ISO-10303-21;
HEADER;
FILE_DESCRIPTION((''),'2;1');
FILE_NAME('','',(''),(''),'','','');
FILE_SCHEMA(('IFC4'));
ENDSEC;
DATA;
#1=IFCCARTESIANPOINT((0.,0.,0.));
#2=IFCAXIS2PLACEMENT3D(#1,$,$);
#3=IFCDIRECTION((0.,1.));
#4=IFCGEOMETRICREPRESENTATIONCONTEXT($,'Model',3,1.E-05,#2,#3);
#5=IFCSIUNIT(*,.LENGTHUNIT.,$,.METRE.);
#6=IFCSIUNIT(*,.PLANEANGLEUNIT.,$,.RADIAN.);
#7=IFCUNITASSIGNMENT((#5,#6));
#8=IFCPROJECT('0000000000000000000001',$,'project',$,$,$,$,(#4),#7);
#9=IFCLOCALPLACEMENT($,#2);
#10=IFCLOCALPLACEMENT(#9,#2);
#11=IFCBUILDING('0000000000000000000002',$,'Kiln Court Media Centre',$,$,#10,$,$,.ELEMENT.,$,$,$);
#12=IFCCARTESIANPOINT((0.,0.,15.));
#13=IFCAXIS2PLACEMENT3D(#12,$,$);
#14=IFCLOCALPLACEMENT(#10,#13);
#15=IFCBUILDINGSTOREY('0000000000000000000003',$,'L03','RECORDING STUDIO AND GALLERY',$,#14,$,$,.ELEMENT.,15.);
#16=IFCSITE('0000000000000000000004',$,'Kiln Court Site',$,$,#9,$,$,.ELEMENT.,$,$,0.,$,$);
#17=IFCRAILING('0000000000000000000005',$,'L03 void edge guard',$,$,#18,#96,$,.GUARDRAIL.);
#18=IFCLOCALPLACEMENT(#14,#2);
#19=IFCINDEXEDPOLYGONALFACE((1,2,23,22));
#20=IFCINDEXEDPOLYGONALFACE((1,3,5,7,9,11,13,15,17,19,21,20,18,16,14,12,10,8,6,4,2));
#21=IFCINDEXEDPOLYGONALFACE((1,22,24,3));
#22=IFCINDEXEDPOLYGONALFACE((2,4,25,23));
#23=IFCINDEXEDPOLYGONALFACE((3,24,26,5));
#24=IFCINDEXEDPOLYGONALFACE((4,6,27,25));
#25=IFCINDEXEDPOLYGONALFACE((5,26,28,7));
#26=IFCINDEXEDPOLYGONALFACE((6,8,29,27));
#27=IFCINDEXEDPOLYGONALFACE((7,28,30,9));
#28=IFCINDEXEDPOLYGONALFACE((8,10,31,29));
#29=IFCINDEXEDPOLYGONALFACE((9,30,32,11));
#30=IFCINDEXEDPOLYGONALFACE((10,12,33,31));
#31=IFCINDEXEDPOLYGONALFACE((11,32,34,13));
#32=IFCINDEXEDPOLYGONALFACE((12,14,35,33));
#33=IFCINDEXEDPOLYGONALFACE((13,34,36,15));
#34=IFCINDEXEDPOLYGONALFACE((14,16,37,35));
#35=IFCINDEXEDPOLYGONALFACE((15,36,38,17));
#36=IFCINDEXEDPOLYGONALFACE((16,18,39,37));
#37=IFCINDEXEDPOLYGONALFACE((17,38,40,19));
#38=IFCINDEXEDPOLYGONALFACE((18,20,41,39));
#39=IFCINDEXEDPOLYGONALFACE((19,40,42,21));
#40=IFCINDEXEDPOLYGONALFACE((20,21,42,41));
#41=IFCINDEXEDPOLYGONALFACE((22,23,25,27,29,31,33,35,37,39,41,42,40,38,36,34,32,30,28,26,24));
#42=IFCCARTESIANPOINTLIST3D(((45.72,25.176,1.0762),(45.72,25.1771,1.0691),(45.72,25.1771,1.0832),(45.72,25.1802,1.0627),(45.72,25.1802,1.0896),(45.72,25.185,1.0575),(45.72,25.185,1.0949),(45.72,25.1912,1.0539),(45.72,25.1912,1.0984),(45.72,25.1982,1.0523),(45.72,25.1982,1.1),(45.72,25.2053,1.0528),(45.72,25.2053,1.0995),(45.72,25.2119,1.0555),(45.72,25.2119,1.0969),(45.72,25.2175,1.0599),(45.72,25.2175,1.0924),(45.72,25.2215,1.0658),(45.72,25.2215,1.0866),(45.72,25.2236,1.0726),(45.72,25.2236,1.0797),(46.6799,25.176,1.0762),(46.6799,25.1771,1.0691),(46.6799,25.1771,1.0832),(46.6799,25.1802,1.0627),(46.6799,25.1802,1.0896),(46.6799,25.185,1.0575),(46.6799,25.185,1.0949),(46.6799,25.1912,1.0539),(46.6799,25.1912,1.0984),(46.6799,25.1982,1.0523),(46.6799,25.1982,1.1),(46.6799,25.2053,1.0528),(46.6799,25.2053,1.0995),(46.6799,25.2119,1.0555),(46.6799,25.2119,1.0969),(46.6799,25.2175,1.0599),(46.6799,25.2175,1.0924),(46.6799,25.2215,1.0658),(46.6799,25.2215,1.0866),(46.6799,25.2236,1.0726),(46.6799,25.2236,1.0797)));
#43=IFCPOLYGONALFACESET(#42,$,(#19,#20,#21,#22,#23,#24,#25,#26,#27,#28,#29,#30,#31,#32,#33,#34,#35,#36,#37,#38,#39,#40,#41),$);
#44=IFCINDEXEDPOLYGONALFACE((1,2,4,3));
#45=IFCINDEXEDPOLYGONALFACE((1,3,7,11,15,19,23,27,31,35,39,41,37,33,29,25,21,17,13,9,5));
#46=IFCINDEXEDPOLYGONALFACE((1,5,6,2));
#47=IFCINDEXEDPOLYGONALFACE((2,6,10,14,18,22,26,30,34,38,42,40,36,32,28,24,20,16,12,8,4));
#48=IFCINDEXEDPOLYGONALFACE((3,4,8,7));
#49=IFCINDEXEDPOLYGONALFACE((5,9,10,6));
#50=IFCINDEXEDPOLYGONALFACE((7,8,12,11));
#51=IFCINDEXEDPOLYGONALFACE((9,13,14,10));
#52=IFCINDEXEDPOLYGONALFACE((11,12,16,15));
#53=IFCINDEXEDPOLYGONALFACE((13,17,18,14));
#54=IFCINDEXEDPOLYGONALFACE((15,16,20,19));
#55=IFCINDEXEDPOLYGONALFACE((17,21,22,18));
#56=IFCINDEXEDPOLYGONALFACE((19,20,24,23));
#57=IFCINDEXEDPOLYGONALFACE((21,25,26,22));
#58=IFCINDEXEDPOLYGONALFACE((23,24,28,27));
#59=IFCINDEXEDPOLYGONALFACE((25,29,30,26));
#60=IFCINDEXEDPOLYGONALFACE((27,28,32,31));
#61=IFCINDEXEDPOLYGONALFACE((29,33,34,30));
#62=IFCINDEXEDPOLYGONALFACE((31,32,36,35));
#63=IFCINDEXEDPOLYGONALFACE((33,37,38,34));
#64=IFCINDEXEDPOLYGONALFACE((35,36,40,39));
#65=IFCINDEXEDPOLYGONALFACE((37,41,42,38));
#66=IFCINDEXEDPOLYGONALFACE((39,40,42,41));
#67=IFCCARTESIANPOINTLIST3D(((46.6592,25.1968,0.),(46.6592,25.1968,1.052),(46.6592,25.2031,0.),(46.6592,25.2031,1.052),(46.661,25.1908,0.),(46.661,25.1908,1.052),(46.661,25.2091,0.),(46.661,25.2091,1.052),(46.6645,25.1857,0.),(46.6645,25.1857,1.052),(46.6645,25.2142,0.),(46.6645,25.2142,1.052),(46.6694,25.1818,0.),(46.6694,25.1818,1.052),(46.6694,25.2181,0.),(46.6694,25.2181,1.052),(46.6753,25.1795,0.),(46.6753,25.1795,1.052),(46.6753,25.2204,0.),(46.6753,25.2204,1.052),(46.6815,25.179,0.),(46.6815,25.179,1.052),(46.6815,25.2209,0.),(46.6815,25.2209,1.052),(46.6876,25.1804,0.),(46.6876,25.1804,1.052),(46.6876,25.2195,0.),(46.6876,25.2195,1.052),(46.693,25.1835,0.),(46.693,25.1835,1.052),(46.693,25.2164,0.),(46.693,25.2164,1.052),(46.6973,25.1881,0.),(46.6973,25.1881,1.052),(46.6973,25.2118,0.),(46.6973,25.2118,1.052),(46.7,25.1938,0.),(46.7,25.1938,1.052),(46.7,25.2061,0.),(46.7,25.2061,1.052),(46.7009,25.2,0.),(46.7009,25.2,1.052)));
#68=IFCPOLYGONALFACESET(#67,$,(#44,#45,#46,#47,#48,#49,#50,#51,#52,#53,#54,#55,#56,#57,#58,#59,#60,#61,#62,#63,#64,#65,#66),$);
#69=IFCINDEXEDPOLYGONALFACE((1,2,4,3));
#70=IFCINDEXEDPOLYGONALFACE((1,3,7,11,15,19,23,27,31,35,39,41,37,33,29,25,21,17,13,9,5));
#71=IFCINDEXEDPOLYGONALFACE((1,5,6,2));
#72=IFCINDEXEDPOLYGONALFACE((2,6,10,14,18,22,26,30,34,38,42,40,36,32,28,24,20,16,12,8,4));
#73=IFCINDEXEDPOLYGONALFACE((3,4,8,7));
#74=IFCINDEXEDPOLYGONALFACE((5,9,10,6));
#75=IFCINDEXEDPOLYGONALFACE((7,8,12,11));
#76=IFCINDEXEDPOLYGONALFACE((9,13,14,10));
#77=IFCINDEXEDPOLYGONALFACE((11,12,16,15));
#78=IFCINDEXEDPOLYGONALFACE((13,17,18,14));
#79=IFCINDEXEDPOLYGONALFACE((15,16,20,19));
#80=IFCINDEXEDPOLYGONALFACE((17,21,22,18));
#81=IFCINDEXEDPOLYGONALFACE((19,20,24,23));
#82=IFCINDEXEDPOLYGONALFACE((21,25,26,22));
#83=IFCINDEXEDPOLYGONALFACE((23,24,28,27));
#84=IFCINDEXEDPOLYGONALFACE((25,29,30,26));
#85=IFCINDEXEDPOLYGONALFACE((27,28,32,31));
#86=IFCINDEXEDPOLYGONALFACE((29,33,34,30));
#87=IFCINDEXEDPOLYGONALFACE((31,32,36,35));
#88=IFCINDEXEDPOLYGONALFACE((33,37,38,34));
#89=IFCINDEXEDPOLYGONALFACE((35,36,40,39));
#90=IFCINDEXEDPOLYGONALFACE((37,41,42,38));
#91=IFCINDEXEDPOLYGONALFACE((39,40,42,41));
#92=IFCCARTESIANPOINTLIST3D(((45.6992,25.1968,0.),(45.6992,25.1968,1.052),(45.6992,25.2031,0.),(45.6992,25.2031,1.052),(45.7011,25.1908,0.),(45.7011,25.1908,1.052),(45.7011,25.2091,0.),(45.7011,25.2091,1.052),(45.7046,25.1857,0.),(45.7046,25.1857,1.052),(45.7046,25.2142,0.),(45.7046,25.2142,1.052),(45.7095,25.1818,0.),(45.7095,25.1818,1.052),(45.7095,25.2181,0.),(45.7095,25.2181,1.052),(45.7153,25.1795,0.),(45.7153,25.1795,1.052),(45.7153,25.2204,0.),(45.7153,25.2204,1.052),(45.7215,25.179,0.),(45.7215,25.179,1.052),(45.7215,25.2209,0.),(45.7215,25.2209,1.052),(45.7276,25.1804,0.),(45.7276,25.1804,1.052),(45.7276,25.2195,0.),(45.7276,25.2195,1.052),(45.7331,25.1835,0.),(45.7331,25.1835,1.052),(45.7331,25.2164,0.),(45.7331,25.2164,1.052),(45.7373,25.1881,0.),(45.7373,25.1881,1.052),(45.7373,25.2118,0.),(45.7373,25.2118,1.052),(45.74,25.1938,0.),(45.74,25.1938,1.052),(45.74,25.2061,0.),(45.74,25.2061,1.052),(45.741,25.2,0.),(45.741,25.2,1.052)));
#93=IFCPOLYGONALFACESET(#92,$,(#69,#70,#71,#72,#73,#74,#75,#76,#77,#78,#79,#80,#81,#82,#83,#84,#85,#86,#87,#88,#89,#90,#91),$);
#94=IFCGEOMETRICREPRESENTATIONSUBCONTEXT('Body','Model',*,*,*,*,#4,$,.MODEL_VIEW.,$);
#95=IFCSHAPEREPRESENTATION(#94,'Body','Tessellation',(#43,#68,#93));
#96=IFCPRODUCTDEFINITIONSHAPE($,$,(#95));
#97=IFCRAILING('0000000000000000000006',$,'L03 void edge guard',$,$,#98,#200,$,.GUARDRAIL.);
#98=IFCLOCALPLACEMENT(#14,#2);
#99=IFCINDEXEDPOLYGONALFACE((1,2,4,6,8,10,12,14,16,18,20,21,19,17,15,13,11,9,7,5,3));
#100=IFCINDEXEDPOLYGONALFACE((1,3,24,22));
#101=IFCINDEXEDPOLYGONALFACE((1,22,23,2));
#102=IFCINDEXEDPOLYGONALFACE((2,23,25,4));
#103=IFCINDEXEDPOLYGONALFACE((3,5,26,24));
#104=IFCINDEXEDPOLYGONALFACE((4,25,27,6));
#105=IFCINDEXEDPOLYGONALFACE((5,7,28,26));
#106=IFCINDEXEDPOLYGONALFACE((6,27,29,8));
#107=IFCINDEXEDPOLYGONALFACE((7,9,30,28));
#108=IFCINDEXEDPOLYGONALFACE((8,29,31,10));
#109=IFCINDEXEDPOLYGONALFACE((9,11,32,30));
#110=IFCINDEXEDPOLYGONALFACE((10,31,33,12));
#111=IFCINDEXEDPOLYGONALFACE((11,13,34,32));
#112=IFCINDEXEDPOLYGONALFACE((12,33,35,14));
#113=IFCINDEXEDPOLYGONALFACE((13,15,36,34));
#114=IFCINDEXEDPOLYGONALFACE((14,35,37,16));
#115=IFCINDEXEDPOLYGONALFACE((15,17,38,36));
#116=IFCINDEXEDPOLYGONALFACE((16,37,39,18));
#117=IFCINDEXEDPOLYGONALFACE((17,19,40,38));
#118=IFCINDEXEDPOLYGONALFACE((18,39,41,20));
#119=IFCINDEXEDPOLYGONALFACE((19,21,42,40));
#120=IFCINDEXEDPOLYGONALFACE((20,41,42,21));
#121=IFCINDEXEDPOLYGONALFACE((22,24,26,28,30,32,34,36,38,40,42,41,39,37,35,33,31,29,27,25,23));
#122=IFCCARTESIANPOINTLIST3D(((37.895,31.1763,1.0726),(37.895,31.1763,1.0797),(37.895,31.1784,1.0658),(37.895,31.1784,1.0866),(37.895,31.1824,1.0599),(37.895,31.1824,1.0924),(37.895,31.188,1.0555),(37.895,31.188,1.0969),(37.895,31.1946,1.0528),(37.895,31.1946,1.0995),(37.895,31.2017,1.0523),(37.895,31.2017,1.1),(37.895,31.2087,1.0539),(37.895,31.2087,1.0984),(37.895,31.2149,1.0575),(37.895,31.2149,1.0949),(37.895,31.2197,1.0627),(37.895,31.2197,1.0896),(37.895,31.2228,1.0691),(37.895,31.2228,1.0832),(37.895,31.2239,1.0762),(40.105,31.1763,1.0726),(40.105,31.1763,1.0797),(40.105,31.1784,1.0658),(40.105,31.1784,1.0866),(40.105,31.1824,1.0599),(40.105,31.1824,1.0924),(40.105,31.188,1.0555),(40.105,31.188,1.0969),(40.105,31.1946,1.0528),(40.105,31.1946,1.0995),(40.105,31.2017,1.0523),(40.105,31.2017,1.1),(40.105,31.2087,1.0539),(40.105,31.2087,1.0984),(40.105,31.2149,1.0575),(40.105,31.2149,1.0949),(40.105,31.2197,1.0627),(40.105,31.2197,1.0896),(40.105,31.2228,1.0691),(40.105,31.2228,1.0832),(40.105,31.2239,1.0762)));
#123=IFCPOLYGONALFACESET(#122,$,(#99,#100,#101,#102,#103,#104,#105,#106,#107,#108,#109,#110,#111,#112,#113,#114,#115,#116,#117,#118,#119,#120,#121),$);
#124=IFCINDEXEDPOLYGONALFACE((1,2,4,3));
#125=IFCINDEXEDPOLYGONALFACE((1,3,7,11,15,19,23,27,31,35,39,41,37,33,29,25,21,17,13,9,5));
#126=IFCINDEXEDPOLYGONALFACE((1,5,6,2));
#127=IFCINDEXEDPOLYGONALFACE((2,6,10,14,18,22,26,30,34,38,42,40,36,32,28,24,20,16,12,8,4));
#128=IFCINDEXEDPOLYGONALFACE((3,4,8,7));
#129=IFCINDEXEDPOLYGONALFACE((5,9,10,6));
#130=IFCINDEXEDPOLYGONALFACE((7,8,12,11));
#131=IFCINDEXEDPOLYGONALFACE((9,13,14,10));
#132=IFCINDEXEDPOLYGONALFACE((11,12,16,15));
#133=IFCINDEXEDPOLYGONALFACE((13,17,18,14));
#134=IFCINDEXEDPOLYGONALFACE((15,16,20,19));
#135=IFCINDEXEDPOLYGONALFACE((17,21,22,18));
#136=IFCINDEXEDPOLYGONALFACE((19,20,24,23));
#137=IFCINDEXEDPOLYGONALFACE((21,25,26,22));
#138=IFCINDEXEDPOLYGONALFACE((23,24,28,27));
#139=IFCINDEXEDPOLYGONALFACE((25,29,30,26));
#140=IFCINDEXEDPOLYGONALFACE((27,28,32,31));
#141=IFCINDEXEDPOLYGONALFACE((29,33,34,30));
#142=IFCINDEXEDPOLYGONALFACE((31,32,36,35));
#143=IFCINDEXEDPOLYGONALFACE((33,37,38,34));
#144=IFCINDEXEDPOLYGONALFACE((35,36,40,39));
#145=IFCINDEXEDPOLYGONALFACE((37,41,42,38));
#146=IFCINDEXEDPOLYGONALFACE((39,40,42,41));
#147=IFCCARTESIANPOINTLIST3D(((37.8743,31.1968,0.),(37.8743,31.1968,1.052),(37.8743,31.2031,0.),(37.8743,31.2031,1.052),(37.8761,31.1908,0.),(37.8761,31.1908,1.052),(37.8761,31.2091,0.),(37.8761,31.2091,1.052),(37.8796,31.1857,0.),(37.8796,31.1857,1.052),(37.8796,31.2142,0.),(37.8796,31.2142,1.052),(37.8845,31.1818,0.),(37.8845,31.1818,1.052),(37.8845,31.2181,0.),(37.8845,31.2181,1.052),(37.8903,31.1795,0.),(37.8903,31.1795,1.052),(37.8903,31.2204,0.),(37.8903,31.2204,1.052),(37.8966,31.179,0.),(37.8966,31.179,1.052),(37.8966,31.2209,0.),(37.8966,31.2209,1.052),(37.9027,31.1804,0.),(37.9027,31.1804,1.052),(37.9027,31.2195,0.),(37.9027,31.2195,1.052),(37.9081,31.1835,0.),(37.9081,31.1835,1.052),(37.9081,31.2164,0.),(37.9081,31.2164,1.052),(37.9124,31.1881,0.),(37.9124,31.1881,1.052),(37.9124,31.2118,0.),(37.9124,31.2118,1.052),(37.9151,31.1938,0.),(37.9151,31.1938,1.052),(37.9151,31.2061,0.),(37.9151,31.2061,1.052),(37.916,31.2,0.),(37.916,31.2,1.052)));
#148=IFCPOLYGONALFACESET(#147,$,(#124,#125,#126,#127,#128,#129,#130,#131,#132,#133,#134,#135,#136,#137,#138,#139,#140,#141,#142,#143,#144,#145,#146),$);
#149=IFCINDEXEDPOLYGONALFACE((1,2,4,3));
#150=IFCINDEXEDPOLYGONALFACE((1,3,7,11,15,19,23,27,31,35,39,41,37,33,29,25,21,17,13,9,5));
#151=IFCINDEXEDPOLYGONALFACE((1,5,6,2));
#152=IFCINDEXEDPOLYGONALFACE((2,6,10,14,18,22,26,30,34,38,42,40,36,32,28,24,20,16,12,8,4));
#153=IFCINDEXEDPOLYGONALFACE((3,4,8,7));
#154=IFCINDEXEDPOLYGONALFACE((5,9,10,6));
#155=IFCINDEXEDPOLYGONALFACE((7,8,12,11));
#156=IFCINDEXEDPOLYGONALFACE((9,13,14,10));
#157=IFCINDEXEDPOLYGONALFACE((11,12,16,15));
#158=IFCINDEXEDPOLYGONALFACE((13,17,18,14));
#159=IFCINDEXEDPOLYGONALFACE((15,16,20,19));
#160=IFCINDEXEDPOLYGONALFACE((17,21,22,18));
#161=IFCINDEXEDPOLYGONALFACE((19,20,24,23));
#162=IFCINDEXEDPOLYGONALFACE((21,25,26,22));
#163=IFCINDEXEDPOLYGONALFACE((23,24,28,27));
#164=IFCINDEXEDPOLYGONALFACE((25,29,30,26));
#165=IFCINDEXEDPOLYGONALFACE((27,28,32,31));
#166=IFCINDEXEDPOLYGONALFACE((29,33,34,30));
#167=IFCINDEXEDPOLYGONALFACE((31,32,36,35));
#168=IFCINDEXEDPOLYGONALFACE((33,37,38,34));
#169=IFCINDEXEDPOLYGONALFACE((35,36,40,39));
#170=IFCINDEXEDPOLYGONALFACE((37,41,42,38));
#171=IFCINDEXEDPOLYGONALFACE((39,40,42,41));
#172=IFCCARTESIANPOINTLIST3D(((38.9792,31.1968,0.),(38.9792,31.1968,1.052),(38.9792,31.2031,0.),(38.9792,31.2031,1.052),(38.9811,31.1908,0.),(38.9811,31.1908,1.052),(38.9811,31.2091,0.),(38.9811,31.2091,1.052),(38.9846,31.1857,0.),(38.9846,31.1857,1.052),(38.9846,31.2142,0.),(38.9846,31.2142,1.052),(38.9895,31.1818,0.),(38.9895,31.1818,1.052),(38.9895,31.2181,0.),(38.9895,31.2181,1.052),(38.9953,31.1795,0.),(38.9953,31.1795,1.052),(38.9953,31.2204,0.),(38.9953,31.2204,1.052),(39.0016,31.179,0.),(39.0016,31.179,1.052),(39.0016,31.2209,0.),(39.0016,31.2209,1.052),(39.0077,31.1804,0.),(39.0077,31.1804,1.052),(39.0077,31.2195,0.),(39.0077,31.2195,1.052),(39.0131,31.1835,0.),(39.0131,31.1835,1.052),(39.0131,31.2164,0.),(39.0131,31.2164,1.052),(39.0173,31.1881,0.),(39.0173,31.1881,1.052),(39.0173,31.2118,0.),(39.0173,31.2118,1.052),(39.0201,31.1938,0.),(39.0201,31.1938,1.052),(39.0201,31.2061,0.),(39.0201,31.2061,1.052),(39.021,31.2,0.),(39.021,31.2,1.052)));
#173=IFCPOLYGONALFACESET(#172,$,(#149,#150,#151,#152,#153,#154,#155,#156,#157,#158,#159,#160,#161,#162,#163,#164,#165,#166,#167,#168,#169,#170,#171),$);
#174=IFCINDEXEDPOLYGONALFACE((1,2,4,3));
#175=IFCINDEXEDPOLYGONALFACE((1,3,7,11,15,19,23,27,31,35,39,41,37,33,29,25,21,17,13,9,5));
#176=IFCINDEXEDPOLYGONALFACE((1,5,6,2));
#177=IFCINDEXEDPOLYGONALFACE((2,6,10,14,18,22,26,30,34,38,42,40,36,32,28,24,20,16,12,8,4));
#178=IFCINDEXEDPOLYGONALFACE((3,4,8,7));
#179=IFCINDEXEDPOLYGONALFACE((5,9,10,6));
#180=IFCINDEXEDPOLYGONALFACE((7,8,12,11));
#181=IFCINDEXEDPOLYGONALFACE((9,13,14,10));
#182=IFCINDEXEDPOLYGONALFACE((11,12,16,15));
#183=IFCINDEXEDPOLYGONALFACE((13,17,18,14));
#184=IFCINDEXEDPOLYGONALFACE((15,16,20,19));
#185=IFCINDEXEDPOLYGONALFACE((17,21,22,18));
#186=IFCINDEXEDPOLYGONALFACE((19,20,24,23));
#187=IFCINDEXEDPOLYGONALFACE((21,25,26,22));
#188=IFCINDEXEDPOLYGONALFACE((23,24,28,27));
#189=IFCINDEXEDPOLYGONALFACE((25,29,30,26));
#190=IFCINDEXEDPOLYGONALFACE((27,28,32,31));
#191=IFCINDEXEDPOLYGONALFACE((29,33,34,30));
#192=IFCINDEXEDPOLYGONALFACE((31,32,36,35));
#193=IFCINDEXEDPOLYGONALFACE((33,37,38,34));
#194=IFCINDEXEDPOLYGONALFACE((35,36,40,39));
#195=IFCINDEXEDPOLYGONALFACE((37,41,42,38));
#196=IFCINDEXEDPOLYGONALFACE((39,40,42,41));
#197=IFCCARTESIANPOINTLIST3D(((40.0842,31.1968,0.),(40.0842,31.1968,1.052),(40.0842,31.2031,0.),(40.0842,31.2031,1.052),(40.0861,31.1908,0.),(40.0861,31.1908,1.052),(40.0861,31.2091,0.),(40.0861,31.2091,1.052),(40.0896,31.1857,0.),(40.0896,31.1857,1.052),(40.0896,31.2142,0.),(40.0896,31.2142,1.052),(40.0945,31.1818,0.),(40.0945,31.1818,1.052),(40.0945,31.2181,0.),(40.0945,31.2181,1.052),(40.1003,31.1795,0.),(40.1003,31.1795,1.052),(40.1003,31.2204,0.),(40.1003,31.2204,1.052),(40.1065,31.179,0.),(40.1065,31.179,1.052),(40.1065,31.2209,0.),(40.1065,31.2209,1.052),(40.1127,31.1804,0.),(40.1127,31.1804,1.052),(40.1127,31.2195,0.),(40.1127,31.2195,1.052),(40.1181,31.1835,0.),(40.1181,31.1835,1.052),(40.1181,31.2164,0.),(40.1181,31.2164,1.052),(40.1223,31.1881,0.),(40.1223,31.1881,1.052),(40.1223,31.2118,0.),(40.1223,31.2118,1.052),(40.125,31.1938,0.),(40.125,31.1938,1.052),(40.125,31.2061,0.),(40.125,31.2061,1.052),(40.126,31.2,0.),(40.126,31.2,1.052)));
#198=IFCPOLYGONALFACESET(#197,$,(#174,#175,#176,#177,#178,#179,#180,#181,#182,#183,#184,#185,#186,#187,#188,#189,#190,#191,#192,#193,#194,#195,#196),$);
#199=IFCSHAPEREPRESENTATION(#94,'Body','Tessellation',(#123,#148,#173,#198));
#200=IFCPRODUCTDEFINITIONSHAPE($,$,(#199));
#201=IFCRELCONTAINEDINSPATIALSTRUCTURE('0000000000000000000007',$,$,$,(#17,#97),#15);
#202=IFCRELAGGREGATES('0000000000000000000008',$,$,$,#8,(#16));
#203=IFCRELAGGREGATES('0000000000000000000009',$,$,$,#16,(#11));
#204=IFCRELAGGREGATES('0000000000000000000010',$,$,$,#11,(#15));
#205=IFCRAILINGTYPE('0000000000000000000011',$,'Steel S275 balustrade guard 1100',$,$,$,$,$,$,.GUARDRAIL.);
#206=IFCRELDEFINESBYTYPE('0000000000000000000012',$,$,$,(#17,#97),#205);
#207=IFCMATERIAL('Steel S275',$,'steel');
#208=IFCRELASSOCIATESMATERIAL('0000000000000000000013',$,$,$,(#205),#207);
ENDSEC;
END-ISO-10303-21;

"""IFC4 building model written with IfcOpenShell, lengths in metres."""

from ifc_helpers import new_model, si_unit, direction, frame, origin, origin_2d, place, context, subcontext, project, spatial, circle, extrude, material, type_object, element, save


model = new_model("IFC4")

# Units and contexts
model_context = context("Model", 3, precision=1e-05, world=origin(), true_north=direction((0.0, 1.0)))
body_context = subcontext(model_context, "Body", "Model", "MODEL_VIEW")
ifc_project = project(units=[si_unit("LENGTHUNIT", "METRE"), si_unit("PLANEANGLEUNIT", "RADIAN")], contexts=[model_context])

# Site, building, storey
site_placement = place(None, origin())
site = spatial("IfcSite", under=ifc_project, at=site_placement, Name="Kiln Court Site", CompositionType="ELEMENT", RefElevation=0.0)
building_placement = place(site_placement, origin())
building = spatial("IfcBuilding", under=site, at=building_placement, Name="Kiln Court Media Centre", CompositionType="ELEMENT")
storey_placement = place(building_placement, frame((0.0, 0.0, 15.0)))
storey = spatial("IfcBuildingStorey", under=building, at=storey_placement, Name="L03", Description="RECORDING STUDIO AND GALLERY", CompositionType="ELEMENT", Elevation=15.0)

# Railings
ifc_material_1 = material(Name="Steel S275", Category="steel")
railing_type = type_object("IfcRailingType", Name="Steel S275 balustrade guard 1100", PredefinedType="GUARDRAIL", material=ifc_material_1)
railing_1_placement = place(storey_placement, frame((46.6799, 25.2, 0.0)))
element("IfcRailing", 1, at=railing_1_placement, inside=storey, type_object=railing_type, Name="L03 void edge guard", PredefinedType="GUARDRAIL", context=body_context, shape_type="SweptSolid", body=[
    extrude(circle(Radius=0.0239, at=origin_2d()), frame((0.0, 0.0, 1.0762), z_axis=(-1.0, 0.0, 0.0), x_axis=(0.0, -1.0, 0.0)), (0.0, 0.0, 1.0), 0.96),
    extrude(circle(Radius=0.021, at=origin_2d()), origin(), (0.0, 0.0, 1.0), 1.052),
    extrude(circle(Radius=0.021, at=origin_2d()), frame((-0.96, 0.0, 0.0)), (0.0, 0.0, 1.0), 1.052),
])
railing_2_placement = place(storey_placement, frame((37.895, 31.2, 0.0)))
element("IfcRailing", 2, at=railing_2_placement, inside=storey, type_object=railing_type, Name="L03 void edge guard", PredefinedType="GUARDRAIL", context=body_context, shape_type="SweptSolid", body=[
    extrude(circle(Radius=0.0239, at=origin_2d()), frame((0.0, 0.0, 1.0762), z_axis=(1.0, 0.0, 0.0), x_axis=(0.0, 1.0, 0.0)), (0.0, 0.0, 1.0), 2.21),
    extrude(circle(Radius=0.021, at=origin_2d()), origin(), (0.0, 0.0, 1.0), 1.052),
    extrude(circle(Radius=0.021, at=origin_2d()), frame((1.105, 0.0, 0.0)), (0.0, 0.0, 1.0), 1.052),
    extrude(circle(Radius=0.021, at=origin_2d()), frame((2.21, 0.0, 0.0)), (0.0, 0.0, 1.0), 1.052),
])

save(model, "model.ifc")
